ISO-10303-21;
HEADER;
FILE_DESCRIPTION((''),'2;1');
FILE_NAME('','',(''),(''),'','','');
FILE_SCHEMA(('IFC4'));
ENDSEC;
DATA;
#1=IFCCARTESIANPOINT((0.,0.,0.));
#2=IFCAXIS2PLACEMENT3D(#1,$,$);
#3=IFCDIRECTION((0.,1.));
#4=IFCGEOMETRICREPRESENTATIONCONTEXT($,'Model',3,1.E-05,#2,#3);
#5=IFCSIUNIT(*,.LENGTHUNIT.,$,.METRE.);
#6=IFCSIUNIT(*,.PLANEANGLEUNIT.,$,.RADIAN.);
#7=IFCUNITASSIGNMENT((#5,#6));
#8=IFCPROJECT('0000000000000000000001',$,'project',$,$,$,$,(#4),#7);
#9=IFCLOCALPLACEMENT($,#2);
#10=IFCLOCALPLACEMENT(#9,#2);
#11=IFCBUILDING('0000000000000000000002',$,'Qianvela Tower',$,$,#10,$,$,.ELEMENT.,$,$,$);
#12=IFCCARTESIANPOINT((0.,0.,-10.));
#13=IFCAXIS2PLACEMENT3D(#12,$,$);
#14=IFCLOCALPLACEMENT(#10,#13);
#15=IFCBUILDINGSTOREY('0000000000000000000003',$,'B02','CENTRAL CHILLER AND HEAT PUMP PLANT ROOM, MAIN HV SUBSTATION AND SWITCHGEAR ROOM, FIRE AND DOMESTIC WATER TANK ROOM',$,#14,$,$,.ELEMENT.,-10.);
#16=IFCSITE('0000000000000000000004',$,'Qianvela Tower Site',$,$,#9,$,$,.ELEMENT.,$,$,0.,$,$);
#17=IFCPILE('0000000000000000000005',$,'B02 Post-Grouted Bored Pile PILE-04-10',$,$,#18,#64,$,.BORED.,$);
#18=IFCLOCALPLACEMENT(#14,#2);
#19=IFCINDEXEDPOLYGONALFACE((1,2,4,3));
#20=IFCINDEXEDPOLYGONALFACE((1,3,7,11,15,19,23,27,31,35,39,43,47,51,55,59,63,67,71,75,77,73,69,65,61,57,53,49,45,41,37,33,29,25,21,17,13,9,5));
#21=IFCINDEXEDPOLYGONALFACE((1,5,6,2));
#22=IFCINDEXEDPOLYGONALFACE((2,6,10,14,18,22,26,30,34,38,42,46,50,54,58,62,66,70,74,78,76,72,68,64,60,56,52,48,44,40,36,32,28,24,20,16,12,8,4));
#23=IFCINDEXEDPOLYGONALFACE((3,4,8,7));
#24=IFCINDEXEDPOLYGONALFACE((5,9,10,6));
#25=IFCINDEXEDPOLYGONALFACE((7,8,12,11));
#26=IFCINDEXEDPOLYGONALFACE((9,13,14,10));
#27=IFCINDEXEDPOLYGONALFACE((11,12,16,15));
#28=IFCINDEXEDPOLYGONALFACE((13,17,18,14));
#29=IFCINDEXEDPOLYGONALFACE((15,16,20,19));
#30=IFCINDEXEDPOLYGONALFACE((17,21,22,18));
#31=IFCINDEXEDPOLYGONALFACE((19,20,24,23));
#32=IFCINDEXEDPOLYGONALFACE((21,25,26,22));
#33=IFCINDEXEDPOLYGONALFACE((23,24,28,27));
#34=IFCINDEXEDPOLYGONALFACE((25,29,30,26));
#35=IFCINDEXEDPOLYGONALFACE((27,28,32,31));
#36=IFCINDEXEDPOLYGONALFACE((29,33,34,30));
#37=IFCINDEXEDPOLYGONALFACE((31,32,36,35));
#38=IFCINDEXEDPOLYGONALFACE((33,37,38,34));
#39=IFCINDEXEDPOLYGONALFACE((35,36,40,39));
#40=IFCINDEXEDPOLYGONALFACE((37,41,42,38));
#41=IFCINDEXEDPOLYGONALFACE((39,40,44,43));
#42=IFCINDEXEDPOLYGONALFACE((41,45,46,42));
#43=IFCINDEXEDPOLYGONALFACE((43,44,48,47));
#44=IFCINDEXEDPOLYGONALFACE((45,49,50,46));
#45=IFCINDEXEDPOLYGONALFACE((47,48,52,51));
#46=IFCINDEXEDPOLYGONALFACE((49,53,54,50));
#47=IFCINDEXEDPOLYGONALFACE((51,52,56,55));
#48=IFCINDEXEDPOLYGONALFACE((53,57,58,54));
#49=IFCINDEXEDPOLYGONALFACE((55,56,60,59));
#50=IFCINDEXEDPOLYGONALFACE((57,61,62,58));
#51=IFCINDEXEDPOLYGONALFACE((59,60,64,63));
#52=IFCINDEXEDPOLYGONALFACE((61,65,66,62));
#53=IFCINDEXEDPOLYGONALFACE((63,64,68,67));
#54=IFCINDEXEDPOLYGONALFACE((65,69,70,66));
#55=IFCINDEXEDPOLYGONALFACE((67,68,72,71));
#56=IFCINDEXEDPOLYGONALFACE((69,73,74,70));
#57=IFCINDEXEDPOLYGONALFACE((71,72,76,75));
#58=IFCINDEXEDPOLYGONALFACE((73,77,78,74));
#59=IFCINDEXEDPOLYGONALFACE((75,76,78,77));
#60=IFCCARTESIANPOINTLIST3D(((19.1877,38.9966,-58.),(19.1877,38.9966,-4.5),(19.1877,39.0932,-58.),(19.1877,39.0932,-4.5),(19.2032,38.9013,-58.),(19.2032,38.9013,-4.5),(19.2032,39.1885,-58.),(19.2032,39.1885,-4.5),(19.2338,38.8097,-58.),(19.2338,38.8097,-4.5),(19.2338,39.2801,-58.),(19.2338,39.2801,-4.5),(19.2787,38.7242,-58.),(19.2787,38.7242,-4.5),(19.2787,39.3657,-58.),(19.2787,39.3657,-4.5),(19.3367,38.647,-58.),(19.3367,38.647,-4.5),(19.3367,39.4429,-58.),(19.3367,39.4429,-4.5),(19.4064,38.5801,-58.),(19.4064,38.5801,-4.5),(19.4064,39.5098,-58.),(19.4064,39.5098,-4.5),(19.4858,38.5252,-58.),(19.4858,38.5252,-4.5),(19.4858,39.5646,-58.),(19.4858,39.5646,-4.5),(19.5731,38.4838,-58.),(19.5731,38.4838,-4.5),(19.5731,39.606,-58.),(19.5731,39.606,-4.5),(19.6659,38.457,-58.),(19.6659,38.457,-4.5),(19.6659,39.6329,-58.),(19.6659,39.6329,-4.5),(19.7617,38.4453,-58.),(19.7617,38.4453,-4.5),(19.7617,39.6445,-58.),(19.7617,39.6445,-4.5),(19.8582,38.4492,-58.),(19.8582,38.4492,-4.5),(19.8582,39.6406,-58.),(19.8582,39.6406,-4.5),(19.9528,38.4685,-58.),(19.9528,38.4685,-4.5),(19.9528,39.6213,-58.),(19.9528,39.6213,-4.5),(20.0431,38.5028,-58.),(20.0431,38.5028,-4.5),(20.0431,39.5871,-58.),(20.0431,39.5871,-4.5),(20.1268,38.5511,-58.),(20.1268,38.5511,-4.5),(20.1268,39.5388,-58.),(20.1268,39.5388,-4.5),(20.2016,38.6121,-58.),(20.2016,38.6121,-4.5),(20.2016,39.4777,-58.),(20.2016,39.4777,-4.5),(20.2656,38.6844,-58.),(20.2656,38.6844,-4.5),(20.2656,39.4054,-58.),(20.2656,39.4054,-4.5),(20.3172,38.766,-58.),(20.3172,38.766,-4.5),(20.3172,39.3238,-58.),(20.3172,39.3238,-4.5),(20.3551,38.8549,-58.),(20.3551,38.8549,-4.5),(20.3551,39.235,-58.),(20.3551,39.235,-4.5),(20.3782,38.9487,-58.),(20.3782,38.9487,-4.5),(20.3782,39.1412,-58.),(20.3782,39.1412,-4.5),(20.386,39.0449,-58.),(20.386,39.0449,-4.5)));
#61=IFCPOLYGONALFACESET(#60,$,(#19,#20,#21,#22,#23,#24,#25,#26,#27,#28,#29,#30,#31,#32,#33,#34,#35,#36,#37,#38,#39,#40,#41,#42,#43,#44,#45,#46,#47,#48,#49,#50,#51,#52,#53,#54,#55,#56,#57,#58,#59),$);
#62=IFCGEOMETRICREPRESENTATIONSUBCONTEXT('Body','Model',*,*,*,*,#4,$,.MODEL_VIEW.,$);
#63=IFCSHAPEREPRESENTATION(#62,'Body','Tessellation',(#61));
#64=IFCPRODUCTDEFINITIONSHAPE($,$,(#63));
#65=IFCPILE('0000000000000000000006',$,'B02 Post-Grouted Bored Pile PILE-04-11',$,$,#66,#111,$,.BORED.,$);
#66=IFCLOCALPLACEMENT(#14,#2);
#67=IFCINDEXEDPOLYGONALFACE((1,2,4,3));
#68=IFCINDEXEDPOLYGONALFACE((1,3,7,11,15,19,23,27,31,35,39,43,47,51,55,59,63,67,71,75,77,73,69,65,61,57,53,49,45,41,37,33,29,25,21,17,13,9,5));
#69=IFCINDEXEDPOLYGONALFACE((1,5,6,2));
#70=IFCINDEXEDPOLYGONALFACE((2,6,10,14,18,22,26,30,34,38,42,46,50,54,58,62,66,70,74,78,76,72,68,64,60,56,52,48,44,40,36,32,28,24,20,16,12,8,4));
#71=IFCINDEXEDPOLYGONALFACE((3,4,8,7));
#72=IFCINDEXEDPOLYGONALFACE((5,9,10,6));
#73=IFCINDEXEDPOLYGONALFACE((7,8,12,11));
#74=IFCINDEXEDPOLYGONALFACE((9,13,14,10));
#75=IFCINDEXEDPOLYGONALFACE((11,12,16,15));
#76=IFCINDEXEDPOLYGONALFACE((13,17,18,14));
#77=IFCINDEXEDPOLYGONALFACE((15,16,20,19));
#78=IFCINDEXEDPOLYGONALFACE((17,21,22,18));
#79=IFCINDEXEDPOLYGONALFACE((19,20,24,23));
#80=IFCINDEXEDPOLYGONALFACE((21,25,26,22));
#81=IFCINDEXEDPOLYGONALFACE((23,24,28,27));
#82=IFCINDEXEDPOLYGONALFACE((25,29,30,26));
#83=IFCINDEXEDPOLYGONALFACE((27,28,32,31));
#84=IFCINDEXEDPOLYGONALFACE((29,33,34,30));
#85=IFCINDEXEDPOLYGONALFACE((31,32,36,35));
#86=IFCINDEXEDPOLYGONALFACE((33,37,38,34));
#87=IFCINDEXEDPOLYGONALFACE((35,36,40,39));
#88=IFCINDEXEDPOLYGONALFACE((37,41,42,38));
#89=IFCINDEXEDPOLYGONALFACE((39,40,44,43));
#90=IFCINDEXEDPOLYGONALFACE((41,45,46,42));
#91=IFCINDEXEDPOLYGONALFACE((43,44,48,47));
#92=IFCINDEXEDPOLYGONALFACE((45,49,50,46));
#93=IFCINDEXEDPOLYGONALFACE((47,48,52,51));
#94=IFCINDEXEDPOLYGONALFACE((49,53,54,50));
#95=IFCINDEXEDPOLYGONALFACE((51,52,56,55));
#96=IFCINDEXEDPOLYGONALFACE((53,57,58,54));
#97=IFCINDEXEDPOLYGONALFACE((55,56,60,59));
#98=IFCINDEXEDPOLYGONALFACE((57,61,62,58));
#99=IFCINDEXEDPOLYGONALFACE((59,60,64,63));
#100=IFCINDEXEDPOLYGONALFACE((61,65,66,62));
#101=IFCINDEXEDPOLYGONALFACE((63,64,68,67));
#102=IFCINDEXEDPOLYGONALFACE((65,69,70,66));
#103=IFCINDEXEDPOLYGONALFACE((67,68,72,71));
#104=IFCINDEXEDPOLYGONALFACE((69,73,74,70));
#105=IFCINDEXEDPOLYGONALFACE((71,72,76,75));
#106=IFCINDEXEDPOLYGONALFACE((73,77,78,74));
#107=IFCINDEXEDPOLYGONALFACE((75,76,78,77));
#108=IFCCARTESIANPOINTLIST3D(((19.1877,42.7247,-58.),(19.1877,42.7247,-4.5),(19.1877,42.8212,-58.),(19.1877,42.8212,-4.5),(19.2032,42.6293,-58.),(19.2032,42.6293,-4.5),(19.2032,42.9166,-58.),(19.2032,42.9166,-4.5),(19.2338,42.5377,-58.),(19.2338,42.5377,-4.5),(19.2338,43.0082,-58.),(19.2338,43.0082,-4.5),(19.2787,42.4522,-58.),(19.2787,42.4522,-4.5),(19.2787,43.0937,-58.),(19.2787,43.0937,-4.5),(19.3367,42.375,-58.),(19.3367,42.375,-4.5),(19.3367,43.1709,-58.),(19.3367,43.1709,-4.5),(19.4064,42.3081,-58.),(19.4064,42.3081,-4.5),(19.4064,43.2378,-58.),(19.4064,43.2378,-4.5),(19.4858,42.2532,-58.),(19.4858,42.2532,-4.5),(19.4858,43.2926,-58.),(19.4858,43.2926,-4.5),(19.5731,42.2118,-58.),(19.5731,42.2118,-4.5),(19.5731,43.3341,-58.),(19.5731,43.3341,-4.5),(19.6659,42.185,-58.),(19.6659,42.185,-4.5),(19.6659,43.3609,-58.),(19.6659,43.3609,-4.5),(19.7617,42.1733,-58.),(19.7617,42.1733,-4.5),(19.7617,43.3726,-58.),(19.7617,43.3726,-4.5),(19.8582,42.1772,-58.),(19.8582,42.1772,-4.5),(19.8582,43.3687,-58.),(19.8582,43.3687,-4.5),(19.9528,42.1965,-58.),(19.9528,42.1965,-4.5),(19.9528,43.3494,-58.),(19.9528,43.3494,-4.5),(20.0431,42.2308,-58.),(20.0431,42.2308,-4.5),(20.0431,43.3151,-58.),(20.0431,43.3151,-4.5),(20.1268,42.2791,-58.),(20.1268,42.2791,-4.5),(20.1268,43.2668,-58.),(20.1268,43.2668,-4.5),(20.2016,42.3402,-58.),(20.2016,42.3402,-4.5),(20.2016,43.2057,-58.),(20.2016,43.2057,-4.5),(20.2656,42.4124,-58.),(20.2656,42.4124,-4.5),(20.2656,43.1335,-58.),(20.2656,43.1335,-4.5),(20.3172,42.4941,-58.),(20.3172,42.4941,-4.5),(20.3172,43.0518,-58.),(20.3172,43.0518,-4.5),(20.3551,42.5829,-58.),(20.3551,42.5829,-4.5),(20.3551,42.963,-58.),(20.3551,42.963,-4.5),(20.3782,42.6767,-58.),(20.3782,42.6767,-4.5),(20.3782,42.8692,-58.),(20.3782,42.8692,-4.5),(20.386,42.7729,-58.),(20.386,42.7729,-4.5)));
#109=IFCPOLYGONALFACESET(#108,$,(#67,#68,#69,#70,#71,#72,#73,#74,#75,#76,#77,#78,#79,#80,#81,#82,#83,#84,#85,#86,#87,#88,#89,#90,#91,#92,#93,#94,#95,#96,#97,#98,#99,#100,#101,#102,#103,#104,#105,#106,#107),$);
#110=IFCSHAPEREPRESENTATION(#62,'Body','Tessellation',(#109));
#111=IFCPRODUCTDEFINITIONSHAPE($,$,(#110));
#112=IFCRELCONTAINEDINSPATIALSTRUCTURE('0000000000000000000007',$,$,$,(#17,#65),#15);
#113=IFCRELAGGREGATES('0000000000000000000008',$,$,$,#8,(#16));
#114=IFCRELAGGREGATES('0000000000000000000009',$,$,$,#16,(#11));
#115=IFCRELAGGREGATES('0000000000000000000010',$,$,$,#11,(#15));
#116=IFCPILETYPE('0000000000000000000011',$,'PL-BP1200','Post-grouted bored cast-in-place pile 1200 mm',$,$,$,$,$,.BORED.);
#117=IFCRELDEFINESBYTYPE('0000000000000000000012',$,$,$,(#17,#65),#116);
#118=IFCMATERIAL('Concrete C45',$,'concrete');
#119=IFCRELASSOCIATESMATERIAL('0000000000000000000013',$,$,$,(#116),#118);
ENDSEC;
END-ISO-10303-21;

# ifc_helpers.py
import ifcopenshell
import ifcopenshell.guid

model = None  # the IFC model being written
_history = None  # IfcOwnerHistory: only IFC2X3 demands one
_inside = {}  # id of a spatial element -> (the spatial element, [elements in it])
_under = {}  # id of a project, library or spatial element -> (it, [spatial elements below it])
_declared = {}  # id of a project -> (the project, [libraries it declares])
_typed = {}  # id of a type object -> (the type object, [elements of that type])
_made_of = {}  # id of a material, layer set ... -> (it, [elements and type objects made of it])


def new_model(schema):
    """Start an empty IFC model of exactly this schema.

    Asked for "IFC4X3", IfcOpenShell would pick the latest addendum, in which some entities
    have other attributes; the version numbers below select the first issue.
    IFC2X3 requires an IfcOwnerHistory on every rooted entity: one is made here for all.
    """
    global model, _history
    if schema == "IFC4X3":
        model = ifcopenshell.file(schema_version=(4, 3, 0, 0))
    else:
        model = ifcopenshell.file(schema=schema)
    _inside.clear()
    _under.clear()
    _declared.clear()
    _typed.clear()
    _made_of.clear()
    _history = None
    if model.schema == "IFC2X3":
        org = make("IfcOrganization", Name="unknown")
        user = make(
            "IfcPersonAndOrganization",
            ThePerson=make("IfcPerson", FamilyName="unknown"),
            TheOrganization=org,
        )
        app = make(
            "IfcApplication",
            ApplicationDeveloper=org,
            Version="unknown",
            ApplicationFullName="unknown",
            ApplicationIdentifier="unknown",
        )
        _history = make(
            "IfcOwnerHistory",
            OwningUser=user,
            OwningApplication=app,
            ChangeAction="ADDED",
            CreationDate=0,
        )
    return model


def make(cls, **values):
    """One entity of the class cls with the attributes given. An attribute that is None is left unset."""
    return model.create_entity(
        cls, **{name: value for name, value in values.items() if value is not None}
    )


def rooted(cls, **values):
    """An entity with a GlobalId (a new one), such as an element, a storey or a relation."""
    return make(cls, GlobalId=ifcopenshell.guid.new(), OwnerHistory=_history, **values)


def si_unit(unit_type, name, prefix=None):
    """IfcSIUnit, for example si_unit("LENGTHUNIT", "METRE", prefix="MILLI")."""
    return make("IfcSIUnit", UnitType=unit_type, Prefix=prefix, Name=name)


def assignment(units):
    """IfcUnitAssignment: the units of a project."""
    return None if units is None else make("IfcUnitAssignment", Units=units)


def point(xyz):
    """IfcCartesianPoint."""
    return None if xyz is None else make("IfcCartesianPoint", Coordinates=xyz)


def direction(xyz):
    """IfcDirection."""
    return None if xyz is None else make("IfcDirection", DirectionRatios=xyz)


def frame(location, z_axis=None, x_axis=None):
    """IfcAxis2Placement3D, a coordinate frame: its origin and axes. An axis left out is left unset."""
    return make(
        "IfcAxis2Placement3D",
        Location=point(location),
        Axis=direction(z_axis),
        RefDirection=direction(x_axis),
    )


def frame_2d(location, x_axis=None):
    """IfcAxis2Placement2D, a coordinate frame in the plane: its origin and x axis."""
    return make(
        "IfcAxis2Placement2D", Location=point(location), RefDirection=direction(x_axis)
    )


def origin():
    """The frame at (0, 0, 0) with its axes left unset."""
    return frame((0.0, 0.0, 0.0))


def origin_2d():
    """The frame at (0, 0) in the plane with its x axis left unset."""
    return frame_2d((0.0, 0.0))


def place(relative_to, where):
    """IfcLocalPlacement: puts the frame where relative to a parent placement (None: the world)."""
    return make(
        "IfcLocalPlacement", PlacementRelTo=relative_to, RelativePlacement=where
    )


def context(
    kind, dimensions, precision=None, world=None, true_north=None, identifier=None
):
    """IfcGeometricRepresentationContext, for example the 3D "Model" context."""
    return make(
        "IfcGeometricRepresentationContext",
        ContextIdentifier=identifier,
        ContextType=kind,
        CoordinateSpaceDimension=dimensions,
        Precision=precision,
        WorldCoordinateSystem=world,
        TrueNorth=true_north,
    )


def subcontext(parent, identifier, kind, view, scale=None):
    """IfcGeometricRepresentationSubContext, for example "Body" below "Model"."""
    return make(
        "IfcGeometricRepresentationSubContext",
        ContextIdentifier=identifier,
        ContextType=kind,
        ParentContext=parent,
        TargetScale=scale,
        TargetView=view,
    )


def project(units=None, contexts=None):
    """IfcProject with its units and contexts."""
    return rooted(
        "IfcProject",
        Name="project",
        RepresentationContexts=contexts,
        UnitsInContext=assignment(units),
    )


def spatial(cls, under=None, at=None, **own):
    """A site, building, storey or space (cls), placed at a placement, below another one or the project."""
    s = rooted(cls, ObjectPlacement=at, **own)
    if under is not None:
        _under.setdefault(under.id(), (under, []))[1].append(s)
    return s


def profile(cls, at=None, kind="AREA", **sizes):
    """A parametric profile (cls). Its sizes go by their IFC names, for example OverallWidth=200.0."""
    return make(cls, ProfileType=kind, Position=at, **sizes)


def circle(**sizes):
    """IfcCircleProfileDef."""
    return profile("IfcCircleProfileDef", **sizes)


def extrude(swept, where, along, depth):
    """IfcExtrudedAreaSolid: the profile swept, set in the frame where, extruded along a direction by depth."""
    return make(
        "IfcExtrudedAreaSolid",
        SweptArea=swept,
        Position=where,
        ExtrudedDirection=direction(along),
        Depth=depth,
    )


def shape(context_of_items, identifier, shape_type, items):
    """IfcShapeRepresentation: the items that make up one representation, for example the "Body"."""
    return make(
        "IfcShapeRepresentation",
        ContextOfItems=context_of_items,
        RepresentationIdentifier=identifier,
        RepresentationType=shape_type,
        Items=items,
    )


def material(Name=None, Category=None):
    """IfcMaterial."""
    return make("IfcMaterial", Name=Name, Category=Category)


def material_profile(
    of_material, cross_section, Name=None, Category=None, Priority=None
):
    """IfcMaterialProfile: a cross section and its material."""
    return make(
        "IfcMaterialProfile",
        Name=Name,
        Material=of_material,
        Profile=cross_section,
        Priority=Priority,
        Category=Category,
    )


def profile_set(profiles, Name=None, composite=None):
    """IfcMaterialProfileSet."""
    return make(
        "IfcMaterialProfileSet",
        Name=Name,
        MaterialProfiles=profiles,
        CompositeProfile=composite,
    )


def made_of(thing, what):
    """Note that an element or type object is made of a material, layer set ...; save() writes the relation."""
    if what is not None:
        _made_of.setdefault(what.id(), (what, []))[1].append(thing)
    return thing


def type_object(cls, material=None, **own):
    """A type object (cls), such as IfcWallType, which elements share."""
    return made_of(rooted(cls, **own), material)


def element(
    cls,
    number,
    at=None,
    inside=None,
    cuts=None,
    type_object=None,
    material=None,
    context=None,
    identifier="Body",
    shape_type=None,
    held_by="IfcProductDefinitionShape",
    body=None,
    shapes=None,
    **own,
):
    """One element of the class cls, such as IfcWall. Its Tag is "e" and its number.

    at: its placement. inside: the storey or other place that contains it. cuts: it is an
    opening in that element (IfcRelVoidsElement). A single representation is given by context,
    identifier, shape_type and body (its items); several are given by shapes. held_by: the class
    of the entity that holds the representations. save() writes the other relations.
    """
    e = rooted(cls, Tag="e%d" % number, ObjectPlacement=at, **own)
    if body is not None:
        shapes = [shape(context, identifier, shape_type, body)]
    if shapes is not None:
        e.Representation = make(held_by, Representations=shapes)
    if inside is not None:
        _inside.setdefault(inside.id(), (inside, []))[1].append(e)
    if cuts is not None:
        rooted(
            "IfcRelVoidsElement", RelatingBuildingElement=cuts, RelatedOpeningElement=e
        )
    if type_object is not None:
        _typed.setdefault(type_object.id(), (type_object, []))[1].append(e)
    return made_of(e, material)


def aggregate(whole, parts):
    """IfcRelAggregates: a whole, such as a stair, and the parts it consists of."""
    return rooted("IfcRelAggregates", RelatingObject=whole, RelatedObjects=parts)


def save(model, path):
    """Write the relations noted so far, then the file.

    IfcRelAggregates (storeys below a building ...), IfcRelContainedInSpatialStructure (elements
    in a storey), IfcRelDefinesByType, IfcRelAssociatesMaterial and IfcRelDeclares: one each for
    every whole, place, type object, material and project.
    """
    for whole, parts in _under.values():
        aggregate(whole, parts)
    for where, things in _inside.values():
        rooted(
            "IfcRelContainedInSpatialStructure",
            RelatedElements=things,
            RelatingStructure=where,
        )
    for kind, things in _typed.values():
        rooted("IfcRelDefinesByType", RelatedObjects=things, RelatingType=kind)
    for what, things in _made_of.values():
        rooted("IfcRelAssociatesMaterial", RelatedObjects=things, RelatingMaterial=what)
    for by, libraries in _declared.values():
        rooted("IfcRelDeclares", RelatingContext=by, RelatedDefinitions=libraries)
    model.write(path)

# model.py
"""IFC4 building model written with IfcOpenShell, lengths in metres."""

from ifc_helpers import new_model, si_unit, direction, frame, origin, origin_2d, place, context, subcontext, project, spatial, circle, extrude, material, material_profile, profile_set, type_object, element, save


model = new_model("IFC4")

# Units and contexts
model_context = context("Model", 3, precision=1e-05, world=origin(), true_north=direction((0.0, 1.0)))
body_context = subcontext(model_context, "Body", "Model", "MODEL_VIEW")
ifc_project = project(units=[si_unit("LENGTHUNIT", "METRE"), si_unit("PLANEANGLEUNIT", "RADIAN")], contexts=[model_context])

# Site, building, storey
site_placement = place(None, origin())
site = spatial("IfcSite", under=ifc_project, at=site_placement, Name="Qianvela Tower Site", CompositionType="ELEMENT", RefElevation=0.0)
building_placement = place(site_placement, origin())
building = spatial("IfcBuilding", under=site, at=building_placement, Name="Qianvela Tower", CompositionType="ELEMENT")
storey_placement = place(building_placement, frame((0.0, 0.0, -10.0)))
storey = spatial("IfcBuildingStorey", under=building, at=storey_placement, Name="B02", Description="CENTRAL CHILLER AND HEAT PUMP PLANT ROOM, MAIN HV SUBSTATION AND SWITCHGEAR ROOM, FIRE AND DOMESTIC WATER TANK ROOM", CompositionType="ELEMENT", Elevation=-10.0)

# Piles
ifc_material_1 = material(Name="Concrete C45", Category="concrete")
ifc_material_profile_1 = material_profile(ifc_material_1, circle(Radius=0.6001, at=origin_2d()), Name="BP-1200")
ifc_profile_set_1 = profile_set([ifc_material_profile_1], Name="Concrete C45")
pile_type_1 = type_object("IfcPileType", Name="PL-BP1200", Description="Post-grouted bored cast-in-place pile 1200 mm", PredefinedType="BORED", material=ifc_profile_set_1)
for number, where, z_axis, x_axis, name in (
    (1, (19.7859, 39.0449, -4.5), (0.0, 0.0, -1.0), (1.0, 0.0, 0.0), "B02 Post-Grouted Bored Pile PILE-04-10"),
    (2, (19.7859, 42.7729, -4.5), (0.0, 0.0, -1.0), (1.0, 0.0, 0.0), "B02 Post-Grouted Bored Pile PILE-04-11"),
):
    element("IfcPile", number, at=place(storey_placement, frame(where, z_axis=z_axis, x_axis=x_axis)), inside=storey, type_object=pile_type_1, Name=name, PredefinedType="BORED", context=body_context, shape_type="SweptSolid", body=[
        extrude(circle(Radius=0.6001, at=origin_2d()), origin(), (0.0, 0.0, 1.0), 53.5),
    ])

save(model, "model.ifc")
